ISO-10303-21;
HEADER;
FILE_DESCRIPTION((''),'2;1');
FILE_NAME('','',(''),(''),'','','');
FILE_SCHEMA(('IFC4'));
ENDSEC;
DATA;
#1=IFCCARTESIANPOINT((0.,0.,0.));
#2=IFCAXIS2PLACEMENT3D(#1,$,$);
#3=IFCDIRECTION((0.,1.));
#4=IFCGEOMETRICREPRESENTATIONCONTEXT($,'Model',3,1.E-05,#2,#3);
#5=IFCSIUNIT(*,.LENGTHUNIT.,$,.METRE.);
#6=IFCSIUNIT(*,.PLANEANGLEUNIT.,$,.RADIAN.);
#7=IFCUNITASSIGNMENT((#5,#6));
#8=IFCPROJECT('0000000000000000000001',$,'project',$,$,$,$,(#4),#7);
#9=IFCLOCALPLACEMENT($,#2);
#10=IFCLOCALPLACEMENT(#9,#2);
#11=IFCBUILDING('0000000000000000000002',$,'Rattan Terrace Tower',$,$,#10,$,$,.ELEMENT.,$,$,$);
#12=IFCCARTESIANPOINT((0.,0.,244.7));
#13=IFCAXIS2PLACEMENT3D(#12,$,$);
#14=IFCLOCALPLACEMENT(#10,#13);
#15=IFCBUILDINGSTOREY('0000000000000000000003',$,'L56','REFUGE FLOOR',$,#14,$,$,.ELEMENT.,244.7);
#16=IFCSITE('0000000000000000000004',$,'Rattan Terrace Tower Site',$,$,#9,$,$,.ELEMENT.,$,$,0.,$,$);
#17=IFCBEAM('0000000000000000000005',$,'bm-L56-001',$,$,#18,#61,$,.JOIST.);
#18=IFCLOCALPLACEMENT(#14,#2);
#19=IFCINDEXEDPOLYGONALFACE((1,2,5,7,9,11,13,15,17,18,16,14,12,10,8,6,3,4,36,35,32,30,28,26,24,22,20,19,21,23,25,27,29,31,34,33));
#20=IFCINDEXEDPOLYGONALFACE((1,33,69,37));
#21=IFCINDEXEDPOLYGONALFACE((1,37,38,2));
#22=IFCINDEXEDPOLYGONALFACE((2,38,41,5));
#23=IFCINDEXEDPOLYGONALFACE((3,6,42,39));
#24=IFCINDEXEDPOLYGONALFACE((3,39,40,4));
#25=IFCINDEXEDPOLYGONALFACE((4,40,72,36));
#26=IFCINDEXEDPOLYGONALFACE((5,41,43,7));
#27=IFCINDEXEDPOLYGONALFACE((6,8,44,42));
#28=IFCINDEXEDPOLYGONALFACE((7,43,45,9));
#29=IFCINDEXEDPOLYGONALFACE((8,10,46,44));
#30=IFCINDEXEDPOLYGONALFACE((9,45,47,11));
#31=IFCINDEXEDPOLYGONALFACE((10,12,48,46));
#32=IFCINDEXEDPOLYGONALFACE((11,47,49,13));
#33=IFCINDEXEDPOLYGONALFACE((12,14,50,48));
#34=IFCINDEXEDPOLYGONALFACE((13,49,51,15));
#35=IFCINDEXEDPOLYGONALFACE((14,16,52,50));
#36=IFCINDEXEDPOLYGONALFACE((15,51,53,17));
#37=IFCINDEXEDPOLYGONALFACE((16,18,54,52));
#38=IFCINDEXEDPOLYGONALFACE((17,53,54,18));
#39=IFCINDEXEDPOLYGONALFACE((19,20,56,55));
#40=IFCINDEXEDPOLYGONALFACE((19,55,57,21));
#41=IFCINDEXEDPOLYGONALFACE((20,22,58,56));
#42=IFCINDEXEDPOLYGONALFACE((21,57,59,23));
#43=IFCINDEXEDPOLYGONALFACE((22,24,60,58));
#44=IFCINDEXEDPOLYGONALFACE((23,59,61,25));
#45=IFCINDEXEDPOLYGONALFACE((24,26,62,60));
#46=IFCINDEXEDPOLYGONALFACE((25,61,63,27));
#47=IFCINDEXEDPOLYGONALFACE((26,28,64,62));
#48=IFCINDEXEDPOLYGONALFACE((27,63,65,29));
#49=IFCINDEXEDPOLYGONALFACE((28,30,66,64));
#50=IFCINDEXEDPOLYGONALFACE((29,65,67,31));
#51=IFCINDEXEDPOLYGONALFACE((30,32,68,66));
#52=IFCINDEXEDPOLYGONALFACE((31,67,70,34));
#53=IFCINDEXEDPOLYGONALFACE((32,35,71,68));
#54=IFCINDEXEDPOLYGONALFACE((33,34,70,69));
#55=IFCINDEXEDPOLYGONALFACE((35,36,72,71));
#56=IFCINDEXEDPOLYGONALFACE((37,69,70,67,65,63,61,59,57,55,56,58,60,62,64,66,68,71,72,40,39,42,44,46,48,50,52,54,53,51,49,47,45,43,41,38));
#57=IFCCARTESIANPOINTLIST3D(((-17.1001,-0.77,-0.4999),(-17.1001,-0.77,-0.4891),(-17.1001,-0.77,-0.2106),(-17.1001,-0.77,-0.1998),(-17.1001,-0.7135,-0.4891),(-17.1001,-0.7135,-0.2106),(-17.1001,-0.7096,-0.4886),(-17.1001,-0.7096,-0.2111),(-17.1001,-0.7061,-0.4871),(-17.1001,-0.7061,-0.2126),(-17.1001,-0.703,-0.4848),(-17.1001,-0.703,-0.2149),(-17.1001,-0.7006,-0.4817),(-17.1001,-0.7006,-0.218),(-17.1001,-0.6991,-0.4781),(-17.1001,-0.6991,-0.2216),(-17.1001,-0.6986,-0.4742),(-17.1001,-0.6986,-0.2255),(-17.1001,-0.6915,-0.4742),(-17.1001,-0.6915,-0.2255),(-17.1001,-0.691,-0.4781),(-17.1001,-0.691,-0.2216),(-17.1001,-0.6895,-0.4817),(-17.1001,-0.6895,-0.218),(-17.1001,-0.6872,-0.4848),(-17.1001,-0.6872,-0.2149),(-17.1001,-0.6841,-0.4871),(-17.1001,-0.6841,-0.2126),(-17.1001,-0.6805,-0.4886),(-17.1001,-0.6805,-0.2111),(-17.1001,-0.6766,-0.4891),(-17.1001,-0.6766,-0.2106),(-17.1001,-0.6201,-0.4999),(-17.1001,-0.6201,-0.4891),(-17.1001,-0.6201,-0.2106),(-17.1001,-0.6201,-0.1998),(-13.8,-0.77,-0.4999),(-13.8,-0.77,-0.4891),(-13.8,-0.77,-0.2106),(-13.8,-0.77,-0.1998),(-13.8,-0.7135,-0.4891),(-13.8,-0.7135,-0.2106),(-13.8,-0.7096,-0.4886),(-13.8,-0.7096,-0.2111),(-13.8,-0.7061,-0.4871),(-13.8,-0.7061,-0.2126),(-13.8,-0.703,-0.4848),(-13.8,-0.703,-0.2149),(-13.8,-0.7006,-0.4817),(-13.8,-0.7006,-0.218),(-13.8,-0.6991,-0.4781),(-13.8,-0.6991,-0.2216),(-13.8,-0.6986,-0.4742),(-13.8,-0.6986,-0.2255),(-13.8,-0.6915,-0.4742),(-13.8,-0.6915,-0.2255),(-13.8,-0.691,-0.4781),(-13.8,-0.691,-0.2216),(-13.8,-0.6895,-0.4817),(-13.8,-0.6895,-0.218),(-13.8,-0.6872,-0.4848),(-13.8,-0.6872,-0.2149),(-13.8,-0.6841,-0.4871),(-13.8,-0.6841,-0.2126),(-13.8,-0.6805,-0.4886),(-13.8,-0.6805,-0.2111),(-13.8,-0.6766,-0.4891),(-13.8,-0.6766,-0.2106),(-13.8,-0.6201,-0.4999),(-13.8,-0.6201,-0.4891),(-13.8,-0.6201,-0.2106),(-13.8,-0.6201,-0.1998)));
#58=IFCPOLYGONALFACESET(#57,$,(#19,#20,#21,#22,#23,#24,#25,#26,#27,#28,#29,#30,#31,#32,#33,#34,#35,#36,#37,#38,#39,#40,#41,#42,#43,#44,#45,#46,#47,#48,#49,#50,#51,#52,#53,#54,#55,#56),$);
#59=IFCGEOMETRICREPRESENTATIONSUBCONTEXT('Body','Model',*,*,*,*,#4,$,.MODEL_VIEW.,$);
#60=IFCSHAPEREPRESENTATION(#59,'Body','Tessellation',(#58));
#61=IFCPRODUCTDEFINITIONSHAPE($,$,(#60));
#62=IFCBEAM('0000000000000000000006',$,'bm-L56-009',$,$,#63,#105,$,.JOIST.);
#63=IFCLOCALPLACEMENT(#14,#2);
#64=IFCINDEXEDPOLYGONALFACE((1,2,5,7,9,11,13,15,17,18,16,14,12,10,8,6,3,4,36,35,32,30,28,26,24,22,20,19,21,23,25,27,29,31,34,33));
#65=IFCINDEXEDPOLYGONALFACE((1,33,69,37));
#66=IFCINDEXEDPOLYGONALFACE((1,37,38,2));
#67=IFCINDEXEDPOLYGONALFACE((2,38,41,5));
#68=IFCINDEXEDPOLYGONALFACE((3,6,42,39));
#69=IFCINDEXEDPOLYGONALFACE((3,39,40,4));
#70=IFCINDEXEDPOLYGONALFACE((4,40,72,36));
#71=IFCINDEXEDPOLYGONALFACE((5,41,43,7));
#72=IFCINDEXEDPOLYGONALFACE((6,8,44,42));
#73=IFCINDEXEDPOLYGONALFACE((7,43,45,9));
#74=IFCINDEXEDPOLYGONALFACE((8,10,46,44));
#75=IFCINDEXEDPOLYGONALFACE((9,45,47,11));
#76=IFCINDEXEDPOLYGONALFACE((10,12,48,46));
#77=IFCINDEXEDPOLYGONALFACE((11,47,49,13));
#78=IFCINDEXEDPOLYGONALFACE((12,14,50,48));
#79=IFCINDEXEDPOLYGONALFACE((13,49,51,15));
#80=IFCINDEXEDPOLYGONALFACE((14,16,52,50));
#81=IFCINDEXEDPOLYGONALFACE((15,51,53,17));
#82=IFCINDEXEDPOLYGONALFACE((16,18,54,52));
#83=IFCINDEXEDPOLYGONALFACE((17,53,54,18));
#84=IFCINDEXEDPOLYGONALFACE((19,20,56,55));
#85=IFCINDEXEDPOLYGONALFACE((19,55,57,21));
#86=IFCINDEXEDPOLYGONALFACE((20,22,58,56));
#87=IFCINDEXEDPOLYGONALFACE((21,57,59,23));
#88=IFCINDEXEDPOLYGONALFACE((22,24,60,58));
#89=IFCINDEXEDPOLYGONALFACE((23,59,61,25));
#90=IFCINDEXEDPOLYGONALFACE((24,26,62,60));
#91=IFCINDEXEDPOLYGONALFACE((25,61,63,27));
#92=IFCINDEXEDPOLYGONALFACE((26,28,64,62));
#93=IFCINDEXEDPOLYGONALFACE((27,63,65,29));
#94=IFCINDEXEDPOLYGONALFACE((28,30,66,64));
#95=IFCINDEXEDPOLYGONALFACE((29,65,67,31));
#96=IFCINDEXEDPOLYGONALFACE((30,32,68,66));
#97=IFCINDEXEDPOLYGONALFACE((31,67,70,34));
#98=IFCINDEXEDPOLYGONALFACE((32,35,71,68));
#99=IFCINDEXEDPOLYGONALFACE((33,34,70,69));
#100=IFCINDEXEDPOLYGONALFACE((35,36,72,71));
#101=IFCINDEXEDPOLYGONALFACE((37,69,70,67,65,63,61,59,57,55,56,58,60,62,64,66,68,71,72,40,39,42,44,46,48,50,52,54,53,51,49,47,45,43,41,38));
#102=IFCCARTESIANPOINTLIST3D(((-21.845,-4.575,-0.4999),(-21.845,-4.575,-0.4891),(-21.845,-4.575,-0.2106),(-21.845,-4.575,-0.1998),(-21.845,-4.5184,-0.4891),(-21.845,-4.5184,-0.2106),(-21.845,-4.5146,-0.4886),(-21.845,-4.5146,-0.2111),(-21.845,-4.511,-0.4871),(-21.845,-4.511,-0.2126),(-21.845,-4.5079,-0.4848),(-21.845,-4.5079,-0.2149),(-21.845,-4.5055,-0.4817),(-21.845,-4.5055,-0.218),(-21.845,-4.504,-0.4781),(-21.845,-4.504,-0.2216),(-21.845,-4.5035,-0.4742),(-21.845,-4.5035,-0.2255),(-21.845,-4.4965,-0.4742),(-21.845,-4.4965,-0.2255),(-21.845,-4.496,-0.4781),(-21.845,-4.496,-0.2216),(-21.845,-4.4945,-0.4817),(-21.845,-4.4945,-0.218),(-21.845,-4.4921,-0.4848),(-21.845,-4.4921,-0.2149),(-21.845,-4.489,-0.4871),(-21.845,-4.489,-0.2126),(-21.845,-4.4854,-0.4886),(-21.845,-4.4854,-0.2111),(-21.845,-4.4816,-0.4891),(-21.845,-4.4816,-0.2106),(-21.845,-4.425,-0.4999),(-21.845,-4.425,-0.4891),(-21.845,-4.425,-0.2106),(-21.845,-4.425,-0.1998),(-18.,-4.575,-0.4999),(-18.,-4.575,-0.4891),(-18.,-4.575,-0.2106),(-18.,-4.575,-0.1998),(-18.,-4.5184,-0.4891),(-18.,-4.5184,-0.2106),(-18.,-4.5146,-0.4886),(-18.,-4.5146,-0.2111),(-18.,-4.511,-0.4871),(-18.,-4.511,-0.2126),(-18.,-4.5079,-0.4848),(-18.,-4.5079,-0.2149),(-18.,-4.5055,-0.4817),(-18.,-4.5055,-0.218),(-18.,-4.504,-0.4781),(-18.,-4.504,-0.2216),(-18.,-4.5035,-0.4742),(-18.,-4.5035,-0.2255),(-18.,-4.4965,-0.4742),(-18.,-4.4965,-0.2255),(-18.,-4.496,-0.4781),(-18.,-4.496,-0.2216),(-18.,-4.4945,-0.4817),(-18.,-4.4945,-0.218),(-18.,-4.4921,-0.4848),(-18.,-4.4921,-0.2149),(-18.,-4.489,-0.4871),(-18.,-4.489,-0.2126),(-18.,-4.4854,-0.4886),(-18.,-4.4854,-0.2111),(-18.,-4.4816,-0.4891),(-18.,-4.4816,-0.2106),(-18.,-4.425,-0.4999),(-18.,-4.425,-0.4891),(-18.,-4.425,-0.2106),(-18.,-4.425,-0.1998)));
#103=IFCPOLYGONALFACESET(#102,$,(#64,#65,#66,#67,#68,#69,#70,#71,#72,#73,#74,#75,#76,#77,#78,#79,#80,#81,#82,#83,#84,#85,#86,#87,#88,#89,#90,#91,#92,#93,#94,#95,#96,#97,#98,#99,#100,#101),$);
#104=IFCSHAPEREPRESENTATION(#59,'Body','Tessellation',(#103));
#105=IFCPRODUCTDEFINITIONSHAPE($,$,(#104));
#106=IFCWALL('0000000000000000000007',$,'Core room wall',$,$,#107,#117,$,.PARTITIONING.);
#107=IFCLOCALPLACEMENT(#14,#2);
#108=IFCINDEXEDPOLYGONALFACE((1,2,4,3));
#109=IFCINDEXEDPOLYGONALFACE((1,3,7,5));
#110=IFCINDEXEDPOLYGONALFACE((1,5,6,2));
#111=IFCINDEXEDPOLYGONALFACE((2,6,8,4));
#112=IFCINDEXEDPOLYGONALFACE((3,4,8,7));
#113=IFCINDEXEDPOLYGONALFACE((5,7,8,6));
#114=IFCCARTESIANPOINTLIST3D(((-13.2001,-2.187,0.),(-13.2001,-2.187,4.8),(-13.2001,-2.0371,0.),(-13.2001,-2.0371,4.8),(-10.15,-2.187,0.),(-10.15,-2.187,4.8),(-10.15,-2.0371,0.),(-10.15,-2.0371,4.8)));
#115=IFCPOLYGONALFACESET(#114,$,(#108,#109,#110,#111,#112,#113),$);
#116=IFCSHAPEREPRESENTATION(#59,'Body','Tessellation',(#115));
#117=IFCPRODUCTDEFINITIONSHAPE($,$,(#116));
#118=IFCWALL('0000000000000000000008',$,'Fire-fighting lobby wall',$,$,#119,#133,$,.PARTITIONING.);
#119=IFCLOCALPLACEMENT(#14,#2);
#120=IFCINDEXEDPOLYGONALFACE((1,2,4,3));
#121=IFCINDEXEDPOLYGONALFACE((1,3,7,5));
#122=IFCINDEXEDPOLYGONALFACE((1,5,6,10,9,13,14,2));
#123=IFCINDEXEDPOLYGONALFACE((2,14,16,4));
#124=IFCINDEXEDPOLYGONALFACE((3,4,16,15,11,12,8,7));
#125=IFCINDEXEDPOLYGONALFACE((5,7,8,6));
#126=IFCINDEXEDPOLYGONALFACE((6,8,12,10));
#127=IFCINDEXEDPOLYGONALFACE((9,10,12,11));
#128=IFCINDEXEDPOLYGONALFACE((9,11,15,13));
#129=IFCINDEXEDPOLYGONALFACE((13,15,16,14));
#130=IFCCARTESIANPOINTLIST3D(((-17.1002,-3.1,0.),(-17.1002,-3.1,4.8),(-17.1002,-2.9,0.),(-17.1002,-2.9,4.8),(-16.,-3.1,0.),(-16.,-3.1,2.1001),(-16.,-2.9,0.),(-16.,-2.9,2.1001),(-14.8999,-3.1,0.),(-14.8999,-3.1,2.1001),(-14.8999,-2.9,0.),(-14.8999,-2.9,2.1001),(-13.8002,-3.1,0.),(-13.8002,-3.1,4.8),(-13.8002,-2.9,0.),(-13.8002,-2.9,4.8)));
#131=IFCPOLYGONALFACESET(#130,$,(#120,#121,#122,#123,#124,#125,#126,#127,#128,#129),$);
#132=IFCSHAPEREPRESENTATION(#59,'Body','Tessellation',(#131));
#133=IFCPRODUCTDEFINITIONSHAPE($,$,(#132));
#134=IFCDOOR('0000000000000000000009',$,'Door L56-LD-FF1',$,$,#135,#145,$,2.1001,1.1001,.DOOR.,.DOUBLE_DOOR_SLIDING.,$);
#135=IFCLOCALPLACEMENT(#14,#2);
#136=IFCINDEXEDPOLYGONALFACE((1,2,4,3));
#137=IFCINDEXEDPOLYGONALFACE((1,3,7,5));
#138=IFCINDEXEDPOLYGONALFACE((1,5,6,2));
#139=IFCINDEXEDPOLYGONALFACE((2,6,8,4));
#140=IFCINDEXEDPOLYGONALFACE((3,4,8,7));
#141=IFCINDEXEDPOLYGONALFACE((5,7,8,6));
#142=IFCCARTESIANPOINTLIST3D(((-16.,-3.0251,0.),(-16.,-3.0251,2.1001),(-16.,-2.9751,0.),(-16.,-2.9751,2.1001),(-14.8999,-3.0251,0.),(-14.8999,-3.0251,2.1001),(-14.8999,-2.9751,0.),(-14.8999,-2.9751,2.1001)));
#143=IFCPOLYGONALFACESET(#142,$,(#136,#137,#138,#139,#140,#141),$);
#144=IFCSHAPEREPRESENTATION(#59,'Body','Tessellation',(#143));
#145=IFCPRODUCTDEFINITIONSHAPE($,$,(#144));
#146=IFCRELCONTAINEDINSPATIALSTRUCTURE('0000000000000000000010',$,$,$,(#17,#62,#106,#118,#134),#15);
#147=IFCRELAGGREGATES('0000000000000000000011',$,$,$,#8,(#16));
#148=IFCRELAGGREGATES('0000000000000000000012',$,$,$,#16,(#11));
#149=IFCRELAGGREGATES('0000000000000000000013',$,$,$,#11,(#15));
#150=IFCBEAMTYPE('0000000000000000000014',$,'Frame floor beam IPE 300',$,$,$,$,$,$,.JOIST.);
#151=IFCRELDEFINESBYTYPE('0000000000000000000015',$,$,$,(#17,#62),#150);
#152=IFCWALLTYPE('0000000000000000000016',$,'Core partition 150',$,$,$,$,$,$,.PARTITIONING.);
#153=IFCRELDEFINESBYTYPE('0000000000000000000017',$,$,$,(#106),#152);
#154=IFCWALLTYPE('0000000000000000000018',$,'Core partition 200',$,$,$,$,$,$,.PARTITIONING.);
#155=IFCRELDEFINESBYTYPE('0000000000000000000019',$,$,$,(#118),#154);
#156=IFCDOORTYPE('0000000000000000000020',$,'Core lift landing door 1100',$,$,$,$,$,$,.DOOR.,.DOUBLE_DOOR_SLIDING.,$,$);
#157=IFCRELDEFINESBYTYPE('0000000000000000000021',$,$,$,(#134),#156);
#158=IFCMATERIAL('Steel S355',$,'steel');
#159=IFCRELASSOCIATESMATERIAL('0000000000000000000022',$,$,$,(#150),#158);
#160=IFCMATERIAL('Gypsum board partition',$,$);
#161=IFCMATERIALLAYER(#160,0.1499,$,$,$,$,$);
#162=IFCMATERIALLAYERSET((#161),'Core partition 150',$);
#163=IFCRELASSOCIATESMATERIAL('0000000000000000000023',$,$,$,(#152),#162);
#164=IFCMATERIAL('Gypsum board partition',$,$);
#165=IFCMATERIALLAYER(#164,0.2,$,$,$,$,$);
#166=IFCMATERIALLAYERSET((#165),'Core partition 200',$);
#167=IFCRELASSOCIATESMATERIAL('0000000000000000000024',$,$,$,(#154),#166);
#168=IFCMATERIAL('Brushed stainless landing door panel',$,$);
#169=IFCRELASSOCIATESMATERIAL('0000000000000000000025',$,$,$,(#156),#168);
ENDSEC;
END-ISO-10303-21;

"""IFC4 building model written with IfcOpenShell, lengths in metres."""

from ifc_helpers import new_model, si_unit, direction, frame, frame_2d, origin, origin_2d, place, context, subcontext, project, spatial, rectangle, i_section, extrude, material, layer, layer_set, material_profile, profile_set, type_object, element, fill, save


model = new_model("IFC4")

# Units and contexts
model_context = context("Model", 3, precision=1e-05, world=origin(), true_north=direction((0.0, 1.0)))
body_context = subcontext(model_context, "Body", "Model", "MODEL_VIEW")
ifc_project = project(units=[si_unit("LENGTHUNIT", "METRE"), si_unit("PLANEANGLEUNIT", "RADIAN")], contexts=[model_context])

# Site, building, storey
site_placement = place(None, origin())
site = spatial("IfcSite", under=ifc_project, at=site_placement, Name="Rattan Terrace Tower Site", CompositionType="ELEMENT", RefElevation=0.0)
building_placement = place(site_placement, origin())
building = spatial("IfcBuilding", under=site, at=building_placement, Name="Rattan Terrace Tower", CompositionType="ELEMENT")
storey_placement = place(building_placement, frame((0.0, 0.0, 244.7)))
storey = spatial("IfcBuildingStorey", under=building, at=storey_placement, Name="L56", Description="REFUGE FLOOR", CompositionType="ELEMENT", Elevation=244.7)

# Beams
ifc_material_1 = material(Name="Steel S355", Category="steel")
ifc_material_profile = material_profile(ifc_material_1, i_section(OverallWidth=0.1499, OverallDepth=0.3, WebThickness=0.0071, FlangeThickness=0.0107, FilletRadius=0.0149, at=origin_2d()), Name="IPE 300")
ifc_profile_set = profile_set([ifc_material_profile], Name="Steel S355")
beam_type = type_object("IfcBeamType", Name="Frame floor beam IPE 300", PredefinedType="JOIST", material=ifc_profile_set)
beam_1_placement = place(storey_placement, frame((-17.1001, -0.6951, -0.3499), z_axis=(1.0, 0.0, 0.0), x_axis=(0.0, 1.0, 0.0)))
element("IfcBeam", 1, at=beam_1_placement, inside=storey, type_object=beam_type, Name="bm-L56-001", PredefinedType="JOIST", context=body_context, shape_type="SweptSolid", body=[
    extrude(i_section(OverallWidth=0.1499, OverallDepth=0.3, WebThickness=0.0071, FlangeThickness=0.0107, FilletRadius=0.0149, at=origin_2d()), origin(), (0.0, 0.0, 1.0), 3.3),
])
beam_2_placement = place(storey_placement, frame((-21.845, -4.5, -0.3499), z_axis=(1.0, 0.0, 0.0), x_axis=(0.0, 1.0, 0.0)))
element("IfcBeam", 2, at=beam_2_placement, inside=storey, type_object=beam_type, Name="bm-L56-009", PredefinedType="JOIST", context=body_context, shape_type="SweptSolid", body=[
    extrude(i_section(OverallWidth=0.1499, OverallDepth=0.3, WebThickness=0.0071, FlangeThickness=0.0107, FilletRadius=0.0149, at=origin_2d()), origin(), (0.0, 0.0, 1.0), 3.845),
])

# Wall
ifc_material_2 = material(Name="Gypsum board partition")
ifc_layer_1 = layer(ifc_material_2, 0.1499)
ifc_layer_set_1 = layer_set([ifc_layer_1], Name="Core partition 150")
wall_type_1 = type_object("IfcWallType", Name="Core partition 150", PredefinedType="PARTITIONING", material=ifc_layer_set_1)
wall_1_placement = place(storey_placement, frame((-13.2, -2.1121, 0.0), z_axis=(0.0, 0.0, 1.0), x_axis=(1.0, 0.0, 0.0)))
element("IfcWall", 3, at=wall_1_placement, inside=storey, type_object=wall_type_1, Name="Core room wall", PredefinedType="PARTITIONING", context=body_context, shape_type="SweptSolid", body=[
    extrude(rectangle(XDim=3.05, YDim=0.1499, at=frame_2d((1.5249, 0.0))), origin(), (0.0, 0.0, 1.0), 4.8),
])

# Wall, opening, door
ifc_material_3 = material(Name="Gypsum board partition")
ifc_layer_2 = layer(ifc_material_3, 0.2)
ifc_layer_set_2 = layer_set([ifc_layer_2], Name="Core partition 200")
wall_type_2 = type_object("IfcWallType", Name="Core partition 200", PredefinedType="PARTITIONING", material=ifc_layer_set_2)
wall_2_placement = place(storey_placement, frame((-17.1001, -3.0, 0.0), z_axis=(0.0, 0.0, 1.0), x_axis=(1.0, 0.0, 0.0)))
wall_2 = element("IfcWall", 4, at=wall_2_placement, inside=storey, type_object=wall_type_2, Name="Fire-fighting lobby wall", PredefinedType="PARTITIONING", context=body_context, shape_type="SweptSolid", body=[
    extrude(rectangle(XDim=3.3, YDim=0.2, at=frame_2d((1.6499, 0.0))), origin(), (0.0, 0.0, 1.0), 4.8),
])
opening_1_placement = place(wall_2_placement, frame((1.1001, 0.0, 0.0)))
opening_1 = element("IfcOpeningElement", 5, at=opening_1_placement, cuts=wall_2, PredefinedType="OPENING", context=body_context, shape_type="SweptSolid", body=[
    extrude(rectangle(XDim=1.1001, YDim=2.1001, at=frame_2d((0.55, 1.05))), frame((0.0, 0.1106, 0.0), z_axis=(0.0, -1.0, 0.0), x_axis=(1.0, 0.0, 0.0)), (0.0, 0.0, 1.0), 0.2209),
])
ifc_material_4 = material(Name="Brushed stainless landing door panel")
door_type_1 = type_object("IfcDoorType", Name="Core lift landing door 1100", OperationType="DOUBLE_DOOR_SLIDING", PredefinedType="DOOR", material=ifc_material_4)
door_1_placement = place(opening_1_placement, origin())
door_1 = element("IfcDoor", 6, at=door_1_placement, inside=storey, type_object=door_type_1, Name="Door L56-LD-FF1", OperationType="DOUBLE_DOOR_SLIDING", OverallHeight=2.1001, OverallWidth=1.1001, PredefinedType="DOOR", context=body_context, shape_type="SweptSolid", body=[
    extrude(rectangle(XDim=1.1001, YDim=2.1001, at=frame_2d((0.55, 1.05))), frame((0.0, 0.0249, 0.0), z_axis=(0.0, -1.0, 0.0), x_axis=(1.0, 0.0, 0.0)), (0.0, 0.0, 1.0), 0.05),
])
fill(opening_1, door_1)

save(model, "model.ifc")
